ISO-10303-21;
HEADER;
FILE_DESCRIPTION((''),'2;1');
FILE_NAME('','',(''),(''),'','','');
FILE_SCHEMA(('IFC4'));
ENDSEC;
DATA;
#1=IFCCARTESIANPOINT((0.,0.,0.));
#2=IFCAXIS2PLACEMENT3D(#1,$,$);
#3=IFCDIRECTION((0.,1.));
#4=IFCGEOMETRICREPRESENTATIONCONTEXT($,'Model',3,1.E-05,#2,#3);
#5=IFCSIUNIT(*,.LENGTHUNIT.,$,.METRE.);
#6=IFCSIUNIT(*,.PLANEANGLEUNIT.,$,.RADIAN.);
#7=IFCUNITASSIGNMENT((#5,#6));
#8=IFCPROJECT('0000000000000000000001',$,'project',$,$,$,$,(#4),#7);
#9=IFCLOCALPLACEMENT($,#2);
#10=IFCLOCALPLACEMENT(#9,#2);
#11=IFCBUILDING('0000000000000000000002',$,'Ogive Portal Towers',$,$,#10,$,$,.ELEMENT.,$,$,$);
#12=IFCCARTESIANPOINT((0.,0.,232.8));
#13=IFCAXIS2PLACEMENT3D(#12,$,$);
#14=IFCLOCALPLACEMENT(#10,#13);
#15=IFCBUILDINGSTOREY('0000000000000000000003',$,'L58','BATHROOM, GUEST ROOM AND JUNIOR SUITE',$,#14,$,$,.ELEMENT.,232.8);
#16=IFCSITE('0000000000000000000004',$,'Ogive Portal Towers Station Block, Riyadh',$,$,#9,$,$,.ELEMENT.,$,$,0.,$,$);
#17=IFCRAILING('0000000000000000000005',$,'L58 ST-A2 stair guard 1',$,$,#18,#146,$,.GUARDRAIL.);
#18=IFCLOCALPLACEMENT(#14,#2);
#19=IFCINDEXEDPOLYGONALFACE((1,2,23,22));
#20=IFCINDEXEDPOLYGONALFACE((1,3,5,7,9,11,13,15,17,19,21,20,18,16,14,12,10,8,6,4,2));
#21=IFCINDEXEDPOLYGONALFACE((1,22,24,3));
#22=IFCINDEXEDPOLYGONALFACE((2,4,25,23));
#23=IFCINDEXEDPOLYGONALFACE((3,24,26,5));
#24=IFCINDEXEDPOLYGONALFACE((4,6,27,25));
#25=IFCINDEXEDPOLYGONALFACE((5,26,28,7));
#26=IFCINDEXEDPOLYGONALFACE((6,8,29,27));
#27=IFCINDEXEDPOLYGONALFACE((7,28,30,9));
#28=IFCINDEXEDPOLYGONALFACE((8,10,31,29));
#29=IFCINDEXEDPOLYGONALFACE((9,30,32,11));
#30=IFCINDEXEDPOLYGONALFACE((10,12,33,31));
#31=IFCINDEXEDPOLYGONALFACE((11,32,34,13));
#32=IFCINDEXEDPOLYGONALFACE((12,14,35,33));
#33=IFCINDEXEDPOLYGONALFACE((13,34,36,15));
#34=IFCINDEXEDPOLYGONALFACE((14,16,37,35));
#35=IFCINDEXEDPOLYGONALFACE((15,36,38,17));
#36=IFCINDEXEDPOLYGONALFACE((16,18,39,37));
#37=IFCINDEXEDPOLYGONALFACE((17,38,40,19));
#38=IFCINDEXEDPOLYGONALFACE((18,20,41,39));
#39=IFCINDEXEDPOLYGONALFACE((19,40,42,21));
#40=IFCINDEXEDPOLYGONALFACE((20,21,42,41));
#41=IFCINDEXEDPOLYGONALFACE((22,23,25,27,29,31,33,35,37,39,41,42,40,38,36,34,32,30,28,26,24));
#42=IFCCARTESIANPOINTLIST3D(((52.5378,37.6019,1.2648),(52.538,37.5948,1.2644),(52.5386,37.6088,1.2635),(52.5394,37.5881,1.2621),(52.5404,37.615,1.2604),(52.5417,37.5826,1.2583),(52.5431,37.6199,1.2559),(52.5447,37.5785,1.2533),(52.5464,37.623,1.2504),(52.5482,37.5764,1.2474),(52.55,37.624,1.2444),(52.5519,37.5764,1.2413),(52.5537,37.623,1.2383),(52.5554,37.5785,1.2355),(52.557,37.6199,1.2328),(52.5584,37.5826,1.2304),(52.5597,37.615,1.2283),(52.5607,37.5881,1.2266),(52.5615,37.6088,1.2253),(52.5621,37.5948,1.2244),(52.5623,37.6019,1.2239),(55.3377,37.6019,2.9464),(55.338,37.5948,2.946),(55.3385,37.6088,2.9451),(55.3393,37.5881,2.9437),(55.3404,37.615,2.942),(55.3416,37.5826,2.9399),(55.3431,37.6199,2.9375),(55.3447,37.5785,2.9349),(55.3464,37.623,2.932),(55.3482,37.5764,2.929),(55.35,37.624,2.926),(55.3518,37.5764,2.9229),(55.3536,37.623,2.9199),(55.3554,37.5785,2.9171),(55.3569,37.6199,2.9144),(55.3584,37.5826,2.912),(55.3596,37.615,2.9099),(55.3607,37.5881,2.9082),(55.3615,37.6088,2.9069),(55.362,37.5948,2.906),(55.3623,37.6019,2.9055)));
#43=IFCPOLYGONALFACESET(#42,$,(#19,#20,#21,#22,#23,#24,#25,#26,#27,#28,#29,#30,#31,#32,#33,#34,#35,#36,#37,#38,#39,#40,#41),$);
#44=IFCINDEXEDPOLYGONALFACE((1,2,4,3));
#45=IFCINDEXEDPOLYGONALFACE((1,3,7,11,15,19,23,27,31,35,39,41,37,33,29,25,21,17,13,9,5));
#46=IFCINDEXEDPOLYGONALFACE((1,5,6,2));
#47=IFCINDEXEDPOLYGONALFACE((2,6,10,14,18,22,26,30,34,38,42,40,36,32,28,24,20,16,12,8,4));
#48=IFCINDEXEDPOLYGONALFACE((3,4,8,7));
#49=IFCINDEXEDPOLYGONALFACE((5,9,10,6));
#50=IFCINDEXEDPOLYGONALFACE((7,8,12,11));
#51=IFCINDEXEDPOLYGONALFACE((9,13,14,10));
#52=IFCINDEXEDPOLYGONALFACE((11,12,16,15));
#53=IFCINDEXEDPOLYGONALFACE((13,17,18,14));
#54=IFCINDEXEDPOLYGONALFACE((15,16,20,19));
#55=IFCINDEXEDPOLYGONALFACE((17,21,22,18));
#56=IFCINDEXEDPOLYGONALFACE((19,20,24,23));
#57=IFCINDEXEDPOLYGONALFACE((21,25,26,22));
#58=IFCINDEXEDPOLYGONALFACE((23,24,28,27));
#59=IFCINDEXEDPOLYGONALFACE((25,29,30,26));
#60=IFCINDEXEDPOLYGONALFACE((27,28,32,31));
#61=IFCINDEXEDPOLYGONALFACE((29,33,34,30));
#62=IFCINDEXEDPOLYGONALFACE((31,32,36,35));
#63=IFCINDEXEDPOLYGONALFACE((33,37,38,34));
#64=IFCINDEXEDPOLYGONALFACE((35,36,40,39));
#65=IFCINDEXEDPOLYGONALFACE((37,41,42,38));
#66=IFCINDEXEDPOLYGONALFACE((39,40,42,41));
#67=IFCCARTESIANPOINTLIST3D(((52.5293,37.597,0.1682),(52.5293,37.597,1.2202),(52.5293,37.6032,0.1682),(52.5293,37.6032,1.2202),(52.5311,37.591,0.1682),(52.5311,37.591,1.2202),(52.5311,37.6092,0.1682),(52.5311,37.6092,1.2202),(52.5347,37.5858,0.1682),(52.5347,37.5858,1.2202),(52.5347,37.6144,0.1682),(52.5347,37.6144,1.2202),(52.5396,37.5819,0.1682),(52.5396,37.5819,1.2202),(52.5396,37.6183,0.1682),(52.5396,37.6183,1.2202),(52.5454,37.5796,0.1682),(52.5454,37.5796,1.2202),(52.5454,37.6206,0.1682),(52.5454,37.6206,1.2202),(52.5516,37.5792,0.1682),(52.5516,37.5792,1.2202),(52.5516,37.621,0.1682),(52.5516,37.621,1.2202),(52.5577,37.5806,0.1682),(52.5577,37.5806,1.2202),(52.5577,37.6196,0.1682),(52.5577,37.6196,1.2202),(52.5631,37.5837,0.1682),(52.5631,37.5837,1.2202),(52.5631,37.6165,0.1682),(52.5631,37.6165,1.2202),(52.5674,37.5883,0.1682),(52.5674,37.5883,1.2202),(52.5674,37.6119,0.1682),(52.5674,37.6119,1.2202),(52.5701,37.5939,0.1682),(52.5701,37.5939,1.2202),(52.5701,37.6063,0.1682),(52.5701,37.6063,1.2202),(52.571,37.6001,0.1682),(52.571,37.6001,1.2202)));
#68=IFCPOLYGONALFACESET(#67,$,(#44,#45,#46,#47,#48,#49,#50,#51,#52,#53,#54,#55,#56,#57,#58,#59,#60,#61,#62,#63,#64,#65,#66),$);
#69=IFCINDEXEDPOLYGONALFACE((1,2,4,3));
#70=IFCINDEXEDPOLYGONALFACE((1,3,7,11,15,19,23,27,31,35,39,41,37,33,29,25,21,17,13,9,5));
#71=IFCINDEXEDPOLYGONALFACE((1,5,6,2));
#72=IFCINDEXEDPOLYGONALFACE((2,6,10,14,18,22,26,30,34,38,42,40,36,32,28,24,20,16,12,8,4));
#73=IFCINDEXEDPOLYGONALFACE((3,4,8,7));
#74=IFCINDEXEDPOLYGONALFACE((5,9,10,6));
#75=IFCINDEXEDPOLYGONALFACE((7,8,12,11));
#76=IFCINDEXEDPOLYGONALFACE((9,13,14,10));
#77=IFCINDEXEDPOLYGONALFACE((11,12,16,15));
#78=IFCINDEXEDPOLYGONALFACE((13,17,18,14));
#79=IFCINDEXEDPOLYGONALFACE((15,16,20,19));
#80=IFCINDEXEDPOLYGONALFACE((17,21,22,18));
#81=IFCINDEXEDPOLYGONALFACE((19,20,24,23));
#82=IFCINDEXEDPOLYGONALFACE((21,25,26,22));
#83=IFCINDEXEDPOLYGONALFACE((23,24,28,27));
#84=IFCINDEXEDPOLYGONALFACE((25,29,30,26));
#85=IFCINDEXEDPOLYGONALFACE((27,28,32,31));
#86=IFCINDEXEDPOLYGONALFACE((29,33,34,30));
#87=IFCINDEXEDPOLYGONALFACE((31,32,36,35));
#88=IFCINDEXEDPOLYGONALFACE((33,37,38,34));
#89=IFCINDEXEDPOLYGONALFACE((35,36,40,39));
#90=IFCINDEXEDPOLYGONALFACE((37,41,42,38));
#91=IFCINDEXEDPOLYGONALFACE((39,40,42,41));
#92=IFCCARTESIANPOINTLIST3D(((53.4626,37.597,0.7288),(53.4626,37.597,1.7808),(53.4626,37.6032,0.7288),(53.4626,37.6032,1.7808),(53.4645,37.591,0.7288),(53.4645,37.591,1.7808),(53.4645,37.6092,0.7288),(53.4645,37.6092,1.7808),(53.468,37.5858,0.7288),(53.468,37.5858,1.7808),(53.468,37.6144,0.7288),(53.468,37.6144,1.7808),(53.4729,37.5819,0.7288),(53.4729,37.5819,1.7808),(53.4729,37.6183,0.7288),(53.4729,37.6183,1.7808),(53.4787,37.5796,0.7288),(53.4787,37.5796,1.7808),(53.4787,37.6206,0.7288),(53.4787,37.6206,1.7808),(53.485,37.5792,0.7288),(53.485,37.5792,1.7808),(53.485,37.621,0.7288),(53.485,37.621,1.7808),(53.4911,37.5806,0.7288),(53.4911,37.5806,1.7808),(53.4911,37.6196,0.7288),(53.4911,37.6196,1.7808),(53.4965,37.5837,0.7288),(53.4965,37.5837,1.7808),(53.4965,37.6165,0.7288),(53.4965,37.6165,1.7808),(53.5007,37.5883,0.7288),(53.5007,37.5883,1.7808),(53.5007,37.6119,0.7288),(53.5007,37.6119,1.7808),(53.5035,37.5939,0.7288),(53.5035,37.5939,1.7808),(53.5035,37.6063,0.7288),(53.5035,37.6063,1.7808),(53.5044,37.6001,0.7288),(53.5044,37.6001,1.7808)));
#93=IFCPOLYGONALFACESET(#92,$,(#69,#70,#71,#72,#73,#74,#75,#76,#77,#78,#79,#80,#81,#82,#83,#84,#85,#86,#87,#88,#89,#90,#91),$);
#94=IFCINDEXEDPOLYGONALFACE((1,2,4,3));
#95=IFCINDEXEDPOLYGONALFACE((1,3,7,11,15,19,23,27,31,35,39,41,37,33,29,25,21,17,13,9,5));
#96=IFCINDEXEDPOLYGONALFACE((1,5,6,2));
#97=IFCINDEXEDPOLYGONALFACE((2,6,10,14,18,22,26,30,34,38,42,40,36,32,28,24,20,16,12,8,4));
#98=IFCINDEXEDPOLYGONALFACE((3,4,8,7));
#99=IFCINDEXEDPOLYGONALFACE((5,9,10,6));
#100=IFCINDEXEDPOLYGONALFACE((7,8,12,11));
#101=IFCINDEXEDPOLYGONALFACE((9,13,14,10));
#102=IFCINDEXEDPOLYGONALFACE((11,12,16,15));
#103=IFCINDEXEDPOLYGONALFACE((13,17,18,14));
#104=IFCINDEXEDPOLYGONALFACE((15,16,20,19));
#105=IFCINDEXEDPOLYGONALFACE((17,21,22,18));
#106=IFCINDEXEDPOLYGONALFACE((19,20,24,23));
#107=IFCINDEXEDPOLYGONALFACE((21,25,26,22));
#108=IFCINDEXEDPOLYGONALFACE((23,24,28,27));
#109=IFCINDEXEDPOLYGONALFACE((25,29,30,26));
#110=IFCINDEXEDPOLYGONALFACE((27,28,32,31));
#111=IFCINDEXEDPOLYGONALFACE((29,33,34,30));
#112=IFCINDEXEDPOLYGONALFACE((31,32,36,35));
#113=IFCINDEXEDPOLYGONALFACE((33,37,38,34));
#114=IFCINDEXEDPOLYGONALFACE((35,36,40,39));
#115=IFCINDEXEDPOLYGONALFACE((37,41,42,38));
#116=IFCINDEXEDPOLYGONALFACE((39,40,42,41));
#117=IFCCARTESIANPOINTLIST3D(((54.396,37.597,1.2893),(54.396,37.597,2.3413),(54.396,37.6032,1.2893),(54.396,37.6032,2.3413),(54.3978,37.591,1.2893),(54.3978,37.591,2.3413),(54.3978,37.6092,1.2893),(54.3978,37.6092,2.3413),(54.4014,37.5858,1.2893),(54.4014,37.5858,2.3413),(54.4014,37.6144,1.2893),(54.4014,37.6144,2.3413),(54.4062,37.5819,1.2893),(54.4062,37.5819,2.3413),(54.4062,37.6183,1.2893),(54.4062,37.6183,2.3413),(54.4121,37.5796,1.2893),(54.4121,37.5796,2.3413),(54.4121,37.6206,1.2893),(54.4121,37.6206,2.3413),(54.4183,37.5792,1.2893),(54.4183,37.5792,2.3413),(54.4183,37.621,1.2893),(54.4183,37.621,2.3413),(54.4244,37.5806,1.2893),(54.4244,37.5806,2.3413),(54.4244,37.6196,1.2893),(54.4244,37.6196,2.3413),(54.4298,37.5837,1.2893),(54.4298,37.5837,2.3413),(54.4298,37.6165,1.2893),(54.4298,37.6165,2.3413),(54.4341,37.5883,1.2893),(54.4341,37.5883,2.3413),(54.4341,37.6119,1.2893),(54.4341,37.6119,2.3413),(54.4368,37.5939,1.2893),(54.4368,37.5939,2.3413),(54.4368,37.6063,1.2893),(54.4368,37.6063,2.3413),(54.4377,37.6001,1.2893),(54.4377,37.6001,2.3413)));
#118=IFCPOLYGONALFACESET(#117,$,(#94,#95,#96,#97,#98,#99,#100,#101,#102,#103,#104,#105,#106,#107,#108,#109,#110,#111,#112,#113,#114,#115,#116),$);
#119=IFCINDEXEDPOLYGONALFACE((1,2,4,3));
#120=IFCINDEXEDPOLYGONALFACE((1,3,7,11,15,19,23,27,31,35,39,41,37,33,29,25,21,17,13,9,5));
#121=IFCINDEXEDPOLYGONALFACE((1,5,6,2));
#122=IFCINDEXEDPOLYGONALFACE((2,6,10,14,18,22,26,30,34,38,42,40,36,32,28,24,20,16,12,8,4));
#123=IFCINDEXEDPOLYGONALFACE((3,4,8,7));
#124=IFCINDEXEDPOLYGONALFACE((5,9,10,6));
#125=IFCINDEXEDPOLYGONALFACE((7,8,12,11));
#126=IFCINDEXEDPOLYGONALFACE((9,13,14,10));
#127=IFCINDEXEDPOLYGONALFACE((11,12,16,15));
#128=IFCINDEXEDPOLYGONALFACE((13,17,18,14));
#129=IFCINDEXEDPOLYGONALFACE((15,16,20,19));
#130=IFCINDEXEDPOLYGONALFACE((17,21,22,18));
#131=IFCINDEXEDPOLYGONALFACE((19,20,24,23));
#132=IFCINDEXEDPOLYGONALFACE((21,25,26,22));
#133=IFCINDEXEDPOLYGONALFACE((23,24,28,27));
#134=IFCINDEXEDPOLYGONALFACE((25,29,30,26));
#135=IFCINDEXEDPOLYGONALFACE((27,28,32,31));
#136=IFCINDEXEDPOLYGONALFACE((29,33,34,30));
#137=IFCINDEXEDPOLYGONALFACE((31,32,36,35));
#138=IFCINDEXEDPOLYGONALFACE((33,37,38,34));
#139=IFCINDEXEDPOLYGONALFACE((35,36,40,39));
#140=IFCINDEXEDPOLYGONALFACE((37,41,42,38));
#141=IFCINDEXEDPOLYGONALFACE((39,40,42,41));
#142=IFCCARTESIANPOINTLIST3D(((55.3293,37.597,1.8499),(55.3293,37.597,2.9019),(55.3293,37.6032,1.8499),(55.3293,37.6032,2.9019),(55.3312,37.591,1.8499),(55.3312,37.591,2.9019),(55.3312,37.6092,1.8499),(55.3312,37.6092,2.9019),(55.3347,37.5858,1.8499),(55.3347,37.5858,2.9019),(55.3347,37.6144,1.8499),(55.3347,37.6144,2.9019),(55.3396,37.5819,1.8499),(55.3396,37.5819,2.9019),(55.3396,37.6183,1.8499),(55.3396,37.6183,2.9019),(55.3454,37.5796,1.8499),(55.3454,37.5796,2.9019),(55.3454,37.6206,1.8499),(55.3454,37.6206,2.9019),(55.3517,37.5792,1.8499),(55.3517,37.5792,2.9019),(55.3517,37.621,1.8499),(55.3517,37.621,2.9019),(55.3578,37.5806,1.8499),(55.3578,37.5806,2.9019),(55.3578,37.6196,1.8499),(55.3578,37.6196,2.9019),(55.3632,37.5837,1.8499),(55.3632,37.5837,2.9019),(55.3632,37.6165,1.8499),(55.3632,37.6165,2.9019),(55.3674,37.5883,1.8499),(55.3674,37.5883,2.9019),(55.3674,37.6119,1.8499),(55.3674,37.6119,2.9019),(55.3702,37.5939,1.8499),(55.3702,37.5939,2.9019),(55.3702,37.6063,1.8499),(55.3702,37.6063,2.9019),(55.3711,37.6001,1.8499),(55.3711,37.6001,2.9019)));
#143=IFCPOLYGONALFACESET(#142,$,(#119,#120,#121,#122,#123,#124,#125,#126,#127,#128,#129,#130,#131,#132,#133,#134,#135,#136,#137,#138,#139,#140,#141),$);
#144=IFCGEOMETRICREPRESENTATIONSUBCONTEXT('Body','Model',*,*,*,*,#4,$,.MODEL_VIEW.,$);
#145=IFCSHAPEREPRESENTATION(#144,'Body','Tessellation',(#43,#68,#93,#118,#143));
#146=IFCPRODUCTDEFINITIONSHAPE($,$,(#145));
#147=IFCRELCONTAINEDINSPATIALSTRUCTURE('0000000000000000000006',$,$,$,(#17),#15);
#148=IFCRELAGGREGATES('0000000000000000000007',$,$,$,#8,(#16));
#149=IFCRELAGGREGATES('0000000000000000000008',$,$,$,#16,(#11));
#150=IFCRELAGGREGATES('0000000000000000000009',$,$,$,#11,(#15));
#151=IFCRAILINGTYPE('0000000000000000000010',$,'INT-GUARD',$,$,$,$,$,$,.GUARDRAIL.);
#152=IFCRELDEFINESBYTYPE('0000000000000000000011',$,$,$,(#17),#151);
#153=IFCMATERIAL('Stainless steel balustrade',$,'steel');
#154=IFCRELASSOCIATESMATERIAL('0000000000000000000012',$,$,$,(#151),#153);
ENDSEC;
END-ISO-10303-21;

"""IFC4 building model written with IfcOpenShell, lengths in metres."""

from ifc_helpers import new_model, si_unit, direction, frame, origin, origin_2d, place, context, subcontext, project, spatial, circle, extrude, material, type_object, element, save


model = new_model("IFC4")

# Units and contexts
model_context = context("Model", 3, precision=1e-05, world=origin(), true_north=direction((0.0, 1.0)))
body_context = subcontext(model_context, "Body", "Model", "MODEL_VIEW")
ifc_project = project(units=[si_unit("LENGTHUNIT", "METRE"), si_unit("PLANEANGLEUNIT", "RADIAN")], contexts=[model_context])

# Site, building, storey
site_placement = place(None, origin())
site = spatial("IfcSite", under=ifc_project, at=site_placement, Name="Ogive Portal Towers Station Block, Riyadh", CompositionType="ELEMENT", RefElevation=0.0)
building_placement = place(site_placement, origin())
building = spatial("IfcBuilding", under=site, at=building_placement, Name="Ogive Portal Towers", CompositionType="ELEMENT")
storey_placement = place(building_placement, frame((0.0, 0.0, 232.8)))
storey = spatial("IfcBuildingStorey", under=building, at=storey_placement, Name="L58", Description="BATHROOM, GUEST ROOM AND JUNIOR SUITE", CompositionType="ELEMENT", Elevation=232.8)

# Railing
ifc_material_1 = material(Name="Stainless steel balustrade", Category="steel")
railing_type_1 = type_object("IfcRailingType", Name="INT-GUARD", PredefinedType="GUARDRAIL", material=ifc_material_1)
railing_1_placement = place(storey_placement, frame((52.55, 37.6001, 0.1682)))
element("IfcRailing", 1, at=railing_1_placement, inside=storey, type_object=railing_type_1, Name="L58 ST-A2 stair guard 1", PredefinedType="GUARDRAIL", context=body_context, shape_type="SweptSolid", body=[
    extrude(circle(Radius=0.0239, at=origin_2d()), frame((0.0, 0.0, 1.0762), z_axis=(0.857275, 0.0, 0.514858), x_axis=(0.0, 1.0, 0.0)), (0.0, 0.0, 1.0), 3.2661),
    extrude(circle(Radius=0.021, at=origin_2d()), origin(), (0.0, 0.0, 1.0), 1.052),
    extrude(circle(Radius=0.021, at=origin_2d()), frame((0.9333, 0.0, 0.5605)), (0.0, 0.0, 1.0), 1.052),
    extrude(circle(Radius=0.021, at=origin_2d()), frame((1.8667, 0.0, 1.1211)), (0.0, 0.0, 1.0), 1.052),
    extrude(circle(Radius=0.021, at=origin_2d()), frame((2.8, 0.0, 1.6816)), (0.0, 0.0, 1.0), 1.052),
])

save(model, "model.ifc")
